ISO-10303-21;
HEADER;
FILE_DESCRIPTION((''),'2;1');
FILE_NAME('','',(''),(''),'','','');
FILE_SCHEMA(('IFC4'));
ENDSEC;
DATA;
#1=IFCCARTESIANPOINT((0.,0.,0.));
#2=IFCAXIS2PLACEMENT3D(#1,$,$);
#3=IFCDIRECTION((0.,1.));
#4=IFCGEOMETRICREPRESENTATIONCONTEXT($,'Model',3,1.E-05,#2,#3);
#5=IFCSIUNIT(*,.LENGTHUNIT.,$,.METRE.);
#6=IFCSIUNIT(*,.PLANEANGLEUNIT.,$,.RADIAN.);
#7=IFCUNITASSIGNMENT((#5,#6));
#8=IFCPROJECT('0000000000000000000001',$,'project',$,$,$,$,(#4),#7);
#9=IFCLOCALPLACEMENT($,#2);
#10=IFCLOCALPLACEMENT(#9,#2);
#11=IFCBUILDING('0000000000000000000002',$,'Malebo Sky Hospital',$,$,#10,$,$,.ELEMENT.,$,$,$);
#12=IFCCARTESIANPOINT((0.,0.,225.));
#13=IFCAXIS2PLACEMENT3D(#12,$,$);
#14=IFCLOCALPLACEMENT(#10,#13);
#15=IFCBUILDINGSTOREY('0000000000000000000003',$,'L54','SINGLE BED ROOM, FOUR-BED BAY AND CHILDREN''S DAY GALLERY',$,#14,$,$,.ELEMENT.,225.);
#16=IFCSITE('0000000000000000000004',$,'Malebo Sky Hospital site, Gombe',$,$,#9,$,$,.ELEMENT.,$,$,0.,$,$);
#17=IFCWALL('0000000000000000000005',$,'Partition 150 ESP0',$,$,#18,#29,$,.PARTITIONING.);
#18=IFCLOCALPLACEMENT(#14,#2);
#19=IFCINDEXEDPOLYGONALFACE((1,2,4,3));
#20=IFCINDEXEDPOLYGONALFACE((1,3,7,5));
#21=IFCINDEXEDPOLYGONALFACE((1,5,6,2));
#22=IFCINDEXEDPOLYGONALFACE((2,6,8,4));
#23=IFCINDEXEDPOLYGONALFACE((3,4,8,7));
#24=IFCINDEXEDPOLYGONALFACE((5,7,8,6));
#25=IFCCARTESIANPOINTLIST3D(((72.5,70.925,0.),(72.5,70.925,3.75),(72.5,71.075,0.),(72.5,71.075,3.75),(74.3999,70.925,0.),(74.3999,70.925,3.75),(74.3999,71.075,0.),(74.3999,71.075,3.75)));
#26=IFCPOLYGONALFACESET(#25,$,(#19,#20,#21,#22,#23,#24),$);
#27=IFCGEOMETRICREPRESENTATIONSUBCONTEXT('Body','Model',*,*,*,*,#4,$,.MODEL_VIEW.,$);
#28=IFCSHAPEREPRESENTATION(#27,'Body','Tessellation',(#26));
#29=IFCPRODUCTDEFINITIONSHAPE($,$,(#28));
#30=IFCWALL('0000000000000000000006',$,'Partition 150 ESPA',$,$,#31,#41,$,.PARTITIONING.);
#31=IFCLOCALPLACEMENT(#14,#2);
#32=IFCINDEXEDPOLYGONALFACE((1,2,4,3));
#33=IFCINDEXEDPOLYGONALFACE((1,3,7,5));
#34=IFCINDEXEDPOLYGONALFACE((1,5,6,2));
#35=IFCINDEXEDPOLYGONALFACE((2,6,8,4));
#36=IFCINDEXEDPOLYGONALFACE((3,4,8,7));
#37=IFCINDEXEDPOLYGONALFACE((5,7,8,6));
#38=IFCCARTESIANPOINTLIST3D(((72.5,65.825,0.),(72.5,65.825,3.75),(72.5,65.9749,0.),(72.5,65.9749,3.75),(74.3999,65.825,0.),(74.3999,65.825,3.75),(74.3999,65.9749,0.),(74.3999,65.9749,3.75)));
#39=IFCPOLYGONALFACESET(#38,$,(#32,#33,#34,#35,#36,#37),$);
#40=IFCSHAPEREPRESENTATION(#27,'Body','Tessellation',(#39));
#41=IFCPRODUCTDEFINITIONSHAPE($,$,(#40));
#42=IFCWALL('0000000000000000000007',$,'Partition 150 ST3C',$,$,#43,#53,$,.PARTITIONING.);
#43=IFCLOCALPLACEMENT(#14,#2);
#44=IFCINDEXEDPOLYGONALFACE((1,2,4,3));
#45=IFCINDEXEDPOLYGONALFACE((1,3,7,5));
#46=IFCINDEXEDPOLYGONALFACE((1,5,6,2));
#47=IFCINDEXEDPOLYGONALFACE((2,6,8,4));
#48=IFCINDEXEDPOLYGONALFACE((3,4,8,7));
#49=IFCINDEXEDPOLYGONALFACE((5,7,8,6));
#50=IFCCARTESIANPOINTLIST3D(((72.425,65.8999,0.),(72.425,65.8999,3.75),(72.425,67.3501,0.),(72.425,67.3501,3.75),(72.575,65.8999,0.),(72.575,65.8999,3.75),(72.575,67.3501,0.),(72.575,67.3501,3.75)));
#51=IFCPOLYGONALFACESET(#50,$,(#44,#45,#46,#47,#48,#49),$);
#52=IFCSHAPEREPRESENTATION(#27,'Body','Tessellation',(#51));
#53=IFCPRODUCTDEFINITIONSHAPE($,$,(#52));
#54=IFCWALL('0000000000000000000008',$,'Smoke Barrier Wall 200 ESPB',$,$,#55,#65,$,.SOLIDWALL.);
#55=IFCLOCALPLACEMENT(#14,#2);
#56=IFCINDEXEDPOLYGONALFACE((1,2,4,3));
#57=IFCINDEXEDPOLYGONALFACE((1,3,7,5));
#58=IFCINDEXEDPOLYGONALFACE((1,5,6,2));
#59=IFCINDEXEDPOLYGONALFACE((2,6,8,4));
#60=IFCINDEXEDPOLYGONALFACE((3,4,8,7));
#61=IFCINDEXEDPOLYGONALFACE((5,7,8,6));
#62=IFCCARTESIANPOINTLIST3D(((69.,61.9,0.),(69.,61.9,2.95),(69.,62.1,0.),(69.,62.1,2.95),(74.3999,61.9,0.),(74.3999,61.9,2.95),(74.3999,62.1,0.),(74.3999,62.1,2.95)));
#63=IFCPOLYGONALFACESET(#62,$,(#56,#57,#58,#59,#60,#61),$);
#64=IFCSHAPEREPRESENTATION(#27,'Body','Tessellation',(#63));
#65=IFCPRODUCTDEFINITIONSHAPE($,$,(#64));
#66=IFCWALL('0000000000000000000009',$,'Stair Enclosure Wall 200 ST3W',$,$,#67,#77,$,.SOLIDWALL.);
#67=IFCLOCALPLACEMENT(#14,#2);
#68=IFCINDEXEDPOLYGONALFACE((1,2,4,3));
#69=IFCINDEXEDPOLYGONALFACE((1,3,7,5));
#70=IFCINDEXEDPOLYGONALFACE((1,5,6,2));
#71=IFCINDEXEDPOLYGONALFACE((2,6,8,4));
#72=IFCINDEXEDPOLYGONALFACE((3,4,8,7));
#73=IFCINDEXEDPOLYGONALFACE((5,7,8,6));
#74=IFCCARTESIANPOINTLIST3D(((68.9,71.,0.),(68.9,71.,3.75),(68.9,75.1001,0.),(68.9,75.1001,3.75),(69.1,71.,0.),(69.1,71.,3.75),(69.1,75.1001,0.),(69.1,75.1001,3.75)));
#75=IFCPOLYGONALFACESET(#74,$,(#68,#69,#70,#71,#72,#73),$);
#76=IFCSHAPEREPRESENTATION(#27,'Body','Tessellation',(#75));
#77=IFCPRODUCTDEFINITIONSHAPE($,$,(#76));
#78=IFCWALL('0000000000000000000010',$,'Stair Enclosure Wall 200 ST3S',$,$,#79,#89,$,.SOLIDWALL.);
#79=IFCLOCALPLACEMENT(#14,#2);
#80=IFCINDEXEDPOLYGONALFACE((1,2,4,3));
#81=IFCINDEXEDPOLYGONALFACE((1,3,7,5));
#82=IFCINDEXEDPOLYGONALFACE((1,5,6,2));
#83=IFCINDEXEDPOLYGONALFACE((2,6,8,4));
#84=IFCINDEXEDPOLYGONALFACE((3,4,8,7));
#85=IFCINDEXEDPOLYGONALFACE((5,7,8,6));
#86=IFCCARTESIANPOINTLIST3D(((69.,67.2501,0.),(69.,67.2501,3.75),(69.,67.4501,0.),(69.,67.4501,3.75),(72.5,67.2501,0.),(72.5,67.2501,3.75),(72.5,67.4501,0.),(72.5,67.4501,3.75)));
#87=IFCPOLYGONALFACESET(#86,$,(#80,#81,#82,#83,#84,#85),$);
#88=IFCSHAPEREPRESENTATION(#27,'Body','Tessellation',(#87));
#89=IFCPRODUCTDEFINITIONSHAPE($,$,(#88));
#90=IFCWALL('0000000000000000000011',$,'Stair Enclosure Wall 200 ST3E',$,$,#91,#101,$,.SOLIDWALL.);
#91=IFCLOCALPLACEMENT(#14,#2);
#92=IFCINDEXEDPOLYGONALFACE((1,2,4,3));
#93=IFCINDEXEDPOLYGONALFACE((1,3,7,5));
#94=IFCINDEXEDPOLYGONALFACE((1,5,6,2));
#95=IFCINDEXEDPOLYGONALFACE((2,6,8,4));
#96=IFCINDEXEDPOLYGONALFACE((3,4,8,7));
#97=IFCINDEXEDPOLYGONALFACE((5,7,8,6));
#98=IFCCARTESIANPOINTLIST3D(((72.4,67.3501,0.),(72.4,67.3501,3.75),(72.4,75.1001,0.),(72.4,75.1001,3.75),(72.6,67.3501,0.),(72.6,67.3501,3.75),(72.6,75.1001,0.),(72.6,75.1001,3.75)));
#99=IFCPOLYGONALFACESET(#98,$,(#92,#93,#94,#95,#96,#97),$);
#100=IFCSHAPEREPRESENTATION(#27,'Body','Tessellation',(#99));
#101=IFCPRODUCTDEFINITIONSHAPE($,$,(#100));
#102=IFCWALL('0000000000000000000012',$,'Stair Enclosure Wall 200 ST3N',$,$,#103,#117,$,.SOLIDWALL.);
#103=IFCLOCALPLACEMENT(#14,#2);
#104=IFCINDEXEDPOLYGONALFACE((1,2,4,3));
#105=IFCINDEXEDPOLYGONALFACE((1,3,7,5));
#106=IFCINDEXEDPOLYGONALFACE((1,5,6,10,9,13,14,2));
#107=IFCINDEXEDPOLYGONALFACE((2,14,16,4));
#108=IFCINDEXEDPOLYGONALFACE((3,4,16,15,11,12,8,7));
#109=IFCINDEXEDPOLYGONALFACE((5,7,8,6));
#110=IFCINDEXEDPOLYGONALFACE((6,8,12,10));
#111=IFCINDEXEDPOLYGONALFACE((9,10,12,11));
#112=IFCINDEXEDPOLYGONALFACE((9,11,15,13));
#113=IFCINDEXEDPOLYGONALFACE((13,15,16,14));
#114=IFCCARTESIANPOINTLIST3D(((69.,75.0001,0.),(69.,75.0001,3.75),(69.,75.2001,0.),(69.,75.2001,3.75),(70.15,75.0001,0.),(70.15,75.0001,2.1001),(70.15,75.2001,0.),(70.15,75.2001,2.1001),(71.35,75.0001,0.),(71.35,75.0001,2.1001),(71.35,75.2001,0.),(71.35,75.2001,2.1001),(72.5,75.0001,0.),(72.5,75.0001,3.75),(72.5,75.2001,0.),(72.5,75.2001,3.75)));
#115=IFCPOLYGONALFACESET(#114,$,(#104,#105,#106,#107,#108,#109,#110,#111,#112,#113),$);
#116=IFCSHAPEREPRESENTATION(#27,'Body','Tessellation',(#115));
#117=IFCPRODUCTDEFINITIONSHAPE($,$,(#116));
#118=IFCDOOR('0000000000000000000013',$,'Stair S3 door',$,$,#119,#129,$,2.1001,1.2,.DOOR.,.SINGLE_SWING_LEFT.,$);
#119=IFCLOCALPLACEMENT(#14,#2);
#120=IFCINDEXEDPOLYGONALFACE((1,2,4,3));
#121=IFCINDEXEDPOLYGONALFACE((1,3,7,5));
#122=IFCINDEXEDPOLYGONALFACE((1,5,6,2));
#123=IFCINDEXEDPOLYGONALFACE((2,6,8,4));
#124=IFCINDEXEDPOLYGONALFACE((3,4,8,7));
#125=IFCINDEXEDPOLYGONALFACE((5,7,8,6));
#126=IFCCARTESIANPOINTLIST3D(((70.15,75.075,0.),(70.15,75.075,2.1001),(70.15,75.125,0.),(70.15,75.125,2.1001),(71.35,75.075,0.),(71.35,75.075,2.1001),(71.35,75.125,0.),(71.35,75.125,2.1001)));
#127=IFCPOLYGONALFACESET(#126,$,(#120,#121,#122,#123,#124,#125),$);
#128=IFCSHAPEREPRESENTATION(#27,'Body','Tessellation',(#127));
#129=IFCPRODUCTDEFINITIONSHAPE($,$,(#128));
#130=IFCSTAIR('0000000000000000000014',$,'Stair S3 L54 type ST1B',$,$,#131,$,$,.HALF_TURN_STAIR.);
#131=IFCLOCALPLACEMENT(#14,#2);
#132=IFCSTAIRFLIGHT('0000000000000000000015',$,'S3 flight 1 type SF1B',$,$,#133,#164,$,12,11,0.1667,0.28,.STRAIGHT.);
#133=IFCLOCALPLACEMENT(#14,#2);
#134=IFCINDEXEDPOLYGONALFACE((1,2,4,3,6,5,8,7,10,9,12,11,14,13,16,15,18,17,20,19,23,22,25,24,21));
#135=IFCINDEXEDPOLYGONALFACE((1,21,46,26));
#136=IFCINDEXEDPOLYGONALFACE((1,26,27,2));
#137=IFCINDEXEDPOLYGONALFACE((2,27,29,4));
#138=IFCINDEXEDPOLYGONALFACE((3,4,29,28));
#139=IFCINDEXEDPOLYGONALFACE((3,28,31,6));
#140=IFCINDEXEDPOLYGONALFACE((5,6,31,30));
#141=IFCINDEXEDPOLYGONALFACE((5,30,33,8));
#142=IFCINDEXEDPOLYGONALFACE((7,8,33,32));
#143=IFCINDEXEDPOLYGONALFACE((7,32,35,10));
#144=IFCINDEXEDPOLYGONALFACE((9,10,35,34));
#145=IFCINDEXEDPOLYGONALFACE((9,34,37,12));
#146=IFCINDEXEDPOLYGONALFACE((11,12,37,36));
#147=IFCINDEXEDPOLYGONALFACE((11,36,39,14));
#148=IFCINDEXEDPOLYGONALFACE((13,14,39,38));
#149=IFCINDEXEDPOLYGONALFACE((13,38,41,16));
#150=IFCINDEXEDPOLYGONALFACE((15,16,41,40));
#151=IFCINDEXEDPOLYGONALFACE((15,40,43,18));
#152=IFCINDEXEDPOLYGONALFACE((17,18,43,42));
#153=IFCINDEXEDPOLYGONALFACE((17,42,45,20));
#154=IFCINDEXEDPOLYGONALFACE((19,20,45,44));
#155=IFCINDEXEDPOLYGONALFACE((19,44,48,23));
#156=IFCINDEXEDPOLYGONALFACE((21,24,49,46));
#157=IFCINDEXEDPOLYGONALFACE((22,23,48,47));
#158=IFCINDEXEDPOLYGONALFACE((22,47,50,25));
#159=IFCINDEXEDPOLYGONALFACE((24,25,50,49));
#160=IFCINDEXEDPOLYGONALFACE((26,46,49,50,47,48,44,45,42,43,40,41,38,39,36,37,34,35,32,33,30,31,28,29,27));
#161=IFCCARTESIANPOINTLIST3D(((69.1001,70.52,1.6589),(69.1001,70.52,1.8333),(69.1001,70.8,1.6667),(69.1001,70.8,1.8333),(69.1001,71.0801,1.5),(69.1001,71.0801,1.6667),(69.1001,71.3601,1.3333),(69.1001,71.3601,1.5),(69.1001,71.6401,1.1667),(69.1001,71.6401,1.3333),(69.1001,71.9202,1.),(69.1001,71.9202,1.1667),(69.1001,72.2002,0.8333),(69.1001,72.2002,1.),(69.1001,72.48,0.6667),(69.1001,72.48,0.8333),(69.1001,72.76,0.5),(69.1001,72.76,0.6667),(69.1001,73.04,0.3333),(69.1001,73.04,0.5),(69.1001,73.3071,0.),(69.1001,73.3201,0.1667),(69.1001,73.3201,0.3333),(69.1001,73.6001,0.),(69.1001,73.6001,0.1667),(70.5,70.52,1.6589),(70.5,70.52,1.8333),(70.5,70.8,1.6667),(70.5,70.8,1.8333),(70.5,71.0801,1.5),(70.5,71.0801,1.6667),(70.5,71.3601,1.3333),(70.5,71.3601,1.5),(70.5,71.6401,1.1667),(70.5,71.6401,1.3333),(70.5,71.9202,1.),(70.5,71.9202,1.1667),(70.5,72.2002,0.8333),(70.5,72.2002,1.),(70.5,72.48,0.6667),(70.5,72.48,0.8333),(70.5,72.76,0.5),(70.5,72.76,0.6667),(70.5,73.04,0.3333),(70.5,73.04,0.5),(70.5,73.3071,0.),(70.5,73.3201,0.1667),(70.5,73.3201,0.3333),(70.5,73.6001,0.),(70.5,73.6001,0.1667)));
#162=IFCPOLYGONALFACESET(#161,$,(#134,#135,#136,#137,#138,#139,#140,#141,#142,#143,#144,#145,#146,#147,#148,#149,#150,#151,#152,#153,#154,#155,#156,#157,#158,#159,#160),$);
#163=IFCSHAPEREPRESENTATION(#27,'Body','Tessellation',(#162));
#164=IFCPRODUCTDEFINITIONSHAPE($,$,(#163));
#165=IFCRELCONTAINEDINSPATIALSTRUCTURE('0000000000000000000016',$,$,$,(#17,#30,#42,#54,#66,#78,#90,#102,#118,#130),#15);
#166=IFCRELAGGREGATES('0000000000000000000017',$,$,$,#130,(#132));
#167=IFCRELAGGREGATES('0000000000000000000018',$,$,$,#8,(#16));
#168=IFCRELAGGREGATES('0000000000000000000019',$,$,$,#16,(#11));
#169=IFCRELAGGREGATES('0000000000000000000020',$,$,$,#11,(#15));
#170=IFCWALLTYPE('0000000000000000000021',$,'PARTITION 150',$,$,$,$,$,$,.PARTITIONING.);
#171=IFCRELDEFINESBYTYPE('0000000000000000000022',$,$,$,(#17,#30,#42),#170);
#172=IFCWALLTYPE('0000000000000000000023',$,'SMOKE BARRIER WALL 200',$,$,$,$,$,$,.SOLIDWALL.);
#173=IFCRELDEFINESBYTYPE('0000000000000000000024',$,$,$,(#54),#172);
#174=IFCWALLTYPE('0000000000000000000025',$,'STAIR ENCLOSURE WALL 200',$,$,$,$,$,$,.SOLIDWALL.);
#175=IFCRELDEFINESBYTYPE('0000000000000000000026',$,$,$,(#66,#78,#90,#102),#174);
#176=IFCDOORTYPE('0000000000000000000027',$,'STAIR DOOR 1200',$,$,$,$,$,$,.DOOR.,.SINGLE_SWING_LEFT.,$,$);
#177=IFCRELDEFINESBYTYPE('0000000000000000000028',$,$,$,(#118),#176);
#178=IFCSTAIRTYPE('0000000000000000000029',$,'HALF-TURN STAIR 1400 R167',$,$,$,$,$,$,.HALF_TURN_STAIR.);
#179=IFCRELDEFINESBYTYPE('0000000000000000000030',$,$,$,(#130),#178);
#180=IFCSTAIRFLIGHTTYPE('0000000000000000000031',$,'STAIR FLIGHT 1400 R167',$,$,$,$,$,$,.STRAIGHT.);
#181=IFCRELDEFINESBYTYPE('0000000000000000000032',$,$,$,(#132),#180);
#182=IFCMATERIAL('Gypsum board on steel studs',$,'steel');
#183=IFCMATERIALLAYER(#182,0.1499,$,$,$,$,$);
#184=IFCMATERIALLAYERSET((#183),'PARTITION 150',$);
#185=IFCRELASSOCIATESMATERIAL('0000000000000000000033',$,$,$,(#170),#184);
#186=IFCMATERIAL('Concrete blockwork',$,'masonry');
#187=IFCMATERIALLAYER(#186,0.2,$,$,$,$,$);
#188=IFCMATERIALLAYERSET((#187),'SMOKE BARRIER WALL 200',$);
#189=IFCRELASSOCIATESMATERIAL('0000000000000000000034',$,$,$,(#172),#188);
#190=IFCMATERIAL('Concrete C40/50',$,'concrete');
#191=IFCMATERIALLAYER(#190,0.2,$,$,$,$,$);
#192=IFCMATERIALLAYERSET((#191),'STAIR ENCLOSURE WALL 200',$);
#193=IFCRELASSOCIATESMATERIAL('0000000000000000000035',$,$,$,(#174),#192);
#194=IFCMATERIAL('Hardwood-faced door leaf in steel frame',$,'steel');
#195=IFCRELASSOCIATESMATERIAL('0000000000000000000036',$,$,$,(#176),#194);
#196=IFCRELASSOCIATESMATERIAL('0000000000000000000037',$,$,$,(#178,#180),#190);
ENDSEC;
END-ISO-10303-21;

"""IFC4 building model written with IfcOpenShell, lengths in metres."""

from ifc_helpers import new_model, si_unit, direction, frame, frame_2d, origin, place, context, subcontext, project, spatial, polyline, rectangle, outline, extrude, material, layer, layer_set, type_object, element, fill, aggregate, save


model = new_model("IFC4")

# Units and contexts
model_context = context("Model", 3, precision=1e-05, world=origin(), true_north=direction((0.0, 1.0)))
body_context = subcontext(model_context, "Body", "Model", "MODEL_VIEW")
ifc_project = project(units=[si_unit("LENGTHUNIT", "METRE"), si_unit("PLANEANGLEUNIT", "RADIAN")], contexts=[model_context])

# Site, building, storey
site_placement = place(None, origin())
site = spatial("IfcSite", under=ifc_project, at=site_placement, Name="Malebo Sky Hospital site, Gombe", CompositionType="ELEMENT", RefElevation=0.0)
building_placement = place(site_placement, origin())
building = spatial("IfcBuilding", under=site, at=building_placement, Name="Malebo Sky Hospital", CompositionType="ELEMENT")
storey_placement = place(building_placement, frame((0.0, 0.0, 225.0)))
storey = spatial("IfcBuildingStorey", under=building, at=storey_placement, Name="L54", Description="SINGLE BED ROOM, FOUR-BED BAY AND CHILDREN'S DAY GALLERY", CompositionType="ELEMENT", Elevation=225.0)

# Shared definitions
ifc_material_1 = material(Name="Gypsum board on steel studs", Category="steel")
ifc_material_2 = material(Name="Hardwood-faced door leaf in steel frame", Category="steel")

# Shared definitions
ifc_layer_1 = layer(ifc_material_1, 0.1499)
ifc_layer_set_1 = layer_set([ifc_layer_1], Name="PARTITION 150")
wall_type_1 = type_object("IfcWallType", Name="PARTITION 150", PredefinedType="PARTITIONING", material=ifc_layer_set_1)

# Walls
for number, where, z_axis, x_axis, name in (
    (1, (72.5, 71.0, 0.0), (0.0, 0.0, 1.0), (1.0, 0.0, 0.0), "Partition 150 ESP0"),
    (2, (72.5, 65.8999, 0.0), (0.0, 0.0, 1.0), (1.0, 0.0, 0.0), "Partition 150 ESPA"),
):
    element("IfcWall", number, at=place(storey_placement, frame(where, z_axis=z_axis, x_axis=x_axis)), inside=storey, type_object=wall_type_1, Name=name, PredefinedType="PARTITIONING", context=body_context, shape_type="SweptSolid", body=[
        extrude(rectangle(XDim=1.8999, YDim=0.1499, at=frame_2d((0.95, 0.0))), origin(), (0.0, 0.0, 1.0), 3.75),
    ])
wall_1_placement = place(storey_placement, frame((72.5, 65.8999, 0.0), z_axis=(0.0, 0.0, 1.0), x_axis=(0.0, 1.0, 0.0)))
element("IfcWall", 3, at=wall_1_placement, inside=storey, type_object=wall_type_1, Name="Partition 150 ST3C", PredefinedType="PARTITIONING", context=body_context, shape_type="SweptSolid", body=[
    extrude(rectangle(XDim=1.4502, YDim=0.1499, at=frame_2d((0.7251, 0.0))), origin(), (0.0, 0.0, 1.0), 3.75),
])
ifc_material_3 = material(Name="Concrete blockwork", Category="masonry")
ifc_layer_2 = layer(ifc_material_3, 0.2)
ifc_layer_set_2 = layer_set([ifc_layer_2], Name="SMOKE BARRIER WALL 200")
wall_type_2 = type_object("IfcWallType", Name="SMOKE BARRIER WALL 200", PredefinedType="SOLIDWALL", material=ifc_layer_set_2)
wall_2_placement = place(storey_placement, frame((69.0, 62.0, 0.0), z_axis=(0.0, 0.0, 1.0), x_axis=(1.0, 0.0, 0.0)))
element("IfcWall", 4, at=wall_2_placement, inside=storey, type_object=wall_type_2, Name="Smoke Barrier Wall 200 ESPB", PredefinedType="SOLIDWALL", context=body_context, shape_type="SweptSolid", body=[
    extrude(rectangle(XDim=5.3999, YDim=0.2, at=frame_2d((2.7, 0.0))), origin(), (0.0, 0.0, 1.0), 2.95),
])
ifc_material_4 = material(Name="Concrete C40/50", Category="concrete")
ifc_layer_3 = layer(ifc_material_4, 0.2)
ifc_layer_set_3 = layer_set([ifc_layer_3], Name="STAIR ENCLOSURE WALL 200")
wall_type_3 = type_object("IfcWallType", Name="STAIR ENCLOSURE WALL 200", PredefinedType="SOLIDWALL", material=ifc_layer_set_3)
wall_3_placement = place(storey_placement, frame((69.0, 71.0, 0.0), z_axis=(0.0, 0.0, 1.0), x_axis=(0.0, 1.0, 0.0)))
element("IfcWall", 5, at=wall_3_placement, inside=storey, type_object=wall_type_3, Name="Stair Enclosure Wall 200 ST3W", PredefinedType="SOLIDWALL", context=body_context, shape_type="SweptSolid", body=[
    extrude(rectangle(XDim=4.1001, YDim=0.2, at=frame_2d((2.05, 0.0))), origin(), (0.0, 0.0, 1.0), 3.75),
])
wall_4_placement = place(storey_placement, frame((69.0, 67.3501, 0.0), z_axis=(0.0, 0.0, 1.0), x_axis=(1.0, 0.0, 0.0)))
element("IfcWall", 6, at=wall_4_placement, inside=storey, type_object=wall_type_3, Name="Stair Enclosure Wall 200 ST3S", PredefinedType="SOLIDWALL", context=body_context, shape_type="SweptSolid", body=[
    extrude(rectangle(XDim=3.5, YDim=0.2, at=frame_2d((1.75, 0.0))), origin(), (0.0, 0.0, 1.0), 3.75),
])
wall_5_placement = place(storey_placement, frame((72.5, 67.3501, 0.0), z_axis=(0.0, 0.0, 1.0), x_axis=(0.0, 1.0, 0.0)))
element("IfcWall", 7, at=wall_5_placement, inside=storey, type_object=wall_type_3, Name="Stair Enclosure Wall 200 ST3E", PredefinedType="SOLIDWALL", context=body_context, shape_type="SweptSolid", body=[
    extrude(rectangle(XDim=7.75, YDim=0.2, at=frame_2d((3.875, 0.0))), origin(), (0.0, 0.0, 1.0), 3.75),
])

# Wall, opening, door
wall_6_placement = place(storey_placement, frame((69.0, 75.1001, 0.0), z_axis=(0.0, 0.0, 1.0), x_axis=(1.0, 0.0, 0.0)))
wall_6 = element("IfcWall", 8, at=wall_6_placement, inside=storey, type_object=wall_type_3, Name="Stair Enclosure Wall 200 ST3N", PredefinedType="SOLIDWALL", context=body_context, shape_type="SweptSolid", body=[
    extrude(rectangle(XDim=3.5, YDim=0.2, at=frame_2d((1.75, 0.0))), origin(), (0.0, 0.0, 1.0), 3.75),
])
opening_1_placement = place(wall_6_placement, frame((1.1499, 0.0, 0.0)))
opening_1 = element("IfcOpeningElement", 9, at=opening_1_placement, cuts=wall_6, PredefinedType="OPENING", context=body_context, shape_type="SweptSolid", body=[
    extrude(rectangle(XDim=1.2, YDim=2.1001, at=frame_2d((0.6001, 1.05))), frame((0.0, 0.1099, 0.0), z_axis=(0.0, -1.0, 0.0), x_axis=(1.0, 0.0, 0.0)), (0.0, 0.0, 1.0), 0.22),
])
door_type_1 = type_object("IfcDoorType", Name="STAIR DOOR 1200", OperationType="SINGLE_SWING_LEFT", PredefinedType="DOOR", material=ifc_material_2)
door_1_placement = place(opening_1_placement, origin())
door_1 = element("IfcDoor", 10, at=door_1_placement, inside=storey, type_object=door_type_1, Name="Stair S3 door", OperationType="SINGLE_SWING_LEFT", OverallHeight=2.1001, OverallWidth=1.2, PredefinedType="DOOR", context=body_context, shape_type="SweptSolid", body=[
    extrude(rectangle(XDim=1.2, YDim=2.1001, at=frame_2d((0.6001, 1.05))), frame((0.0, 0.0249, 0.0), z_axis=(0.0, -1.0, 0.0), x_axis=(1.0, 0.0, 0.0)), (0.0, 0.0, 1.0), 0.05),
])
fill(opening_1, door_1)

# Stair, stair flight
stair_type = type_object("IfcStairType", Name="HALF-TURN STAIR 1400 R167", PredefinedType="HALF_TURN_STAIR", material=ifc_material_4)
stair_placement = place(storey_placement, origin())
stair = element("IfcStair", 11, at=stair_placement, inside=storey, type_object=stair_type, Name="Stair S3 L54 type ST1B", PredefinedType="HALF_TURN_STAIR")
stair_flight_type = type_object("IfcStairFlightType", Name="STAIR FLIGHT 1400 R167", PredefinedType="STRAIGHT", material=ifc_material_4)
stair_flight_1_placement = place(storey_placement, frame((69.8, 73.6001, 0.0), z_axis=(0.0, 0.0, 1.0), x_axis=(0.0, -1.0, 0.0)))
stair_flight_1 = element("IfcStairFlight", 12, at=stair_flight_1_placement, type_object=stair_flight_type, Name="S3 flight 1 type SF1B", NumberOfRisers=12, NumberOfTreads=11, PredefinedType="STRAIGHT", RiserHeight=0.1667, TreadLength=0.28, context=body_context, shape_type="SweptSolid", body=[
    extrude(outline(polyline([(0.0, 0.0), (0.0, 0.1667), (0.28, 0.1667), (0.28, 0.3333), (0.5601, 0.3333), (0.5601, 0.5), (0.8401, 0.5), (0.8401, 0.6667), (1.1201, 0.6667), (1.1201, 0.8333), (1.3999, 0.8333), (1.3999, 1.0), (1.6799, 1.0), (1.6799, 1.1667), (1.96, 1.1667), (1.96, 1.3333), (2.24, 1.3333), (2.24, 1.5), (2.52, 1.5), (2.52, 1.6667), (2.8, 1.6667), (2.8, 1.8333), (3.0801, 1.8333), (3.0801, 2.0), (3.0801, 1.6589), (0.293, 0.0), (0.0, 0.0)])), frame((0.0, 0.7, 0.0), z_axis=(0.0, -1.0, 0.0), x_axis=(1.0, 0.0, 0.0)), (0.0, 0.0, 1.0), 1.3999),
])
aggregate(stair, [stair_flight_1])

save(model, "model.ifc")
